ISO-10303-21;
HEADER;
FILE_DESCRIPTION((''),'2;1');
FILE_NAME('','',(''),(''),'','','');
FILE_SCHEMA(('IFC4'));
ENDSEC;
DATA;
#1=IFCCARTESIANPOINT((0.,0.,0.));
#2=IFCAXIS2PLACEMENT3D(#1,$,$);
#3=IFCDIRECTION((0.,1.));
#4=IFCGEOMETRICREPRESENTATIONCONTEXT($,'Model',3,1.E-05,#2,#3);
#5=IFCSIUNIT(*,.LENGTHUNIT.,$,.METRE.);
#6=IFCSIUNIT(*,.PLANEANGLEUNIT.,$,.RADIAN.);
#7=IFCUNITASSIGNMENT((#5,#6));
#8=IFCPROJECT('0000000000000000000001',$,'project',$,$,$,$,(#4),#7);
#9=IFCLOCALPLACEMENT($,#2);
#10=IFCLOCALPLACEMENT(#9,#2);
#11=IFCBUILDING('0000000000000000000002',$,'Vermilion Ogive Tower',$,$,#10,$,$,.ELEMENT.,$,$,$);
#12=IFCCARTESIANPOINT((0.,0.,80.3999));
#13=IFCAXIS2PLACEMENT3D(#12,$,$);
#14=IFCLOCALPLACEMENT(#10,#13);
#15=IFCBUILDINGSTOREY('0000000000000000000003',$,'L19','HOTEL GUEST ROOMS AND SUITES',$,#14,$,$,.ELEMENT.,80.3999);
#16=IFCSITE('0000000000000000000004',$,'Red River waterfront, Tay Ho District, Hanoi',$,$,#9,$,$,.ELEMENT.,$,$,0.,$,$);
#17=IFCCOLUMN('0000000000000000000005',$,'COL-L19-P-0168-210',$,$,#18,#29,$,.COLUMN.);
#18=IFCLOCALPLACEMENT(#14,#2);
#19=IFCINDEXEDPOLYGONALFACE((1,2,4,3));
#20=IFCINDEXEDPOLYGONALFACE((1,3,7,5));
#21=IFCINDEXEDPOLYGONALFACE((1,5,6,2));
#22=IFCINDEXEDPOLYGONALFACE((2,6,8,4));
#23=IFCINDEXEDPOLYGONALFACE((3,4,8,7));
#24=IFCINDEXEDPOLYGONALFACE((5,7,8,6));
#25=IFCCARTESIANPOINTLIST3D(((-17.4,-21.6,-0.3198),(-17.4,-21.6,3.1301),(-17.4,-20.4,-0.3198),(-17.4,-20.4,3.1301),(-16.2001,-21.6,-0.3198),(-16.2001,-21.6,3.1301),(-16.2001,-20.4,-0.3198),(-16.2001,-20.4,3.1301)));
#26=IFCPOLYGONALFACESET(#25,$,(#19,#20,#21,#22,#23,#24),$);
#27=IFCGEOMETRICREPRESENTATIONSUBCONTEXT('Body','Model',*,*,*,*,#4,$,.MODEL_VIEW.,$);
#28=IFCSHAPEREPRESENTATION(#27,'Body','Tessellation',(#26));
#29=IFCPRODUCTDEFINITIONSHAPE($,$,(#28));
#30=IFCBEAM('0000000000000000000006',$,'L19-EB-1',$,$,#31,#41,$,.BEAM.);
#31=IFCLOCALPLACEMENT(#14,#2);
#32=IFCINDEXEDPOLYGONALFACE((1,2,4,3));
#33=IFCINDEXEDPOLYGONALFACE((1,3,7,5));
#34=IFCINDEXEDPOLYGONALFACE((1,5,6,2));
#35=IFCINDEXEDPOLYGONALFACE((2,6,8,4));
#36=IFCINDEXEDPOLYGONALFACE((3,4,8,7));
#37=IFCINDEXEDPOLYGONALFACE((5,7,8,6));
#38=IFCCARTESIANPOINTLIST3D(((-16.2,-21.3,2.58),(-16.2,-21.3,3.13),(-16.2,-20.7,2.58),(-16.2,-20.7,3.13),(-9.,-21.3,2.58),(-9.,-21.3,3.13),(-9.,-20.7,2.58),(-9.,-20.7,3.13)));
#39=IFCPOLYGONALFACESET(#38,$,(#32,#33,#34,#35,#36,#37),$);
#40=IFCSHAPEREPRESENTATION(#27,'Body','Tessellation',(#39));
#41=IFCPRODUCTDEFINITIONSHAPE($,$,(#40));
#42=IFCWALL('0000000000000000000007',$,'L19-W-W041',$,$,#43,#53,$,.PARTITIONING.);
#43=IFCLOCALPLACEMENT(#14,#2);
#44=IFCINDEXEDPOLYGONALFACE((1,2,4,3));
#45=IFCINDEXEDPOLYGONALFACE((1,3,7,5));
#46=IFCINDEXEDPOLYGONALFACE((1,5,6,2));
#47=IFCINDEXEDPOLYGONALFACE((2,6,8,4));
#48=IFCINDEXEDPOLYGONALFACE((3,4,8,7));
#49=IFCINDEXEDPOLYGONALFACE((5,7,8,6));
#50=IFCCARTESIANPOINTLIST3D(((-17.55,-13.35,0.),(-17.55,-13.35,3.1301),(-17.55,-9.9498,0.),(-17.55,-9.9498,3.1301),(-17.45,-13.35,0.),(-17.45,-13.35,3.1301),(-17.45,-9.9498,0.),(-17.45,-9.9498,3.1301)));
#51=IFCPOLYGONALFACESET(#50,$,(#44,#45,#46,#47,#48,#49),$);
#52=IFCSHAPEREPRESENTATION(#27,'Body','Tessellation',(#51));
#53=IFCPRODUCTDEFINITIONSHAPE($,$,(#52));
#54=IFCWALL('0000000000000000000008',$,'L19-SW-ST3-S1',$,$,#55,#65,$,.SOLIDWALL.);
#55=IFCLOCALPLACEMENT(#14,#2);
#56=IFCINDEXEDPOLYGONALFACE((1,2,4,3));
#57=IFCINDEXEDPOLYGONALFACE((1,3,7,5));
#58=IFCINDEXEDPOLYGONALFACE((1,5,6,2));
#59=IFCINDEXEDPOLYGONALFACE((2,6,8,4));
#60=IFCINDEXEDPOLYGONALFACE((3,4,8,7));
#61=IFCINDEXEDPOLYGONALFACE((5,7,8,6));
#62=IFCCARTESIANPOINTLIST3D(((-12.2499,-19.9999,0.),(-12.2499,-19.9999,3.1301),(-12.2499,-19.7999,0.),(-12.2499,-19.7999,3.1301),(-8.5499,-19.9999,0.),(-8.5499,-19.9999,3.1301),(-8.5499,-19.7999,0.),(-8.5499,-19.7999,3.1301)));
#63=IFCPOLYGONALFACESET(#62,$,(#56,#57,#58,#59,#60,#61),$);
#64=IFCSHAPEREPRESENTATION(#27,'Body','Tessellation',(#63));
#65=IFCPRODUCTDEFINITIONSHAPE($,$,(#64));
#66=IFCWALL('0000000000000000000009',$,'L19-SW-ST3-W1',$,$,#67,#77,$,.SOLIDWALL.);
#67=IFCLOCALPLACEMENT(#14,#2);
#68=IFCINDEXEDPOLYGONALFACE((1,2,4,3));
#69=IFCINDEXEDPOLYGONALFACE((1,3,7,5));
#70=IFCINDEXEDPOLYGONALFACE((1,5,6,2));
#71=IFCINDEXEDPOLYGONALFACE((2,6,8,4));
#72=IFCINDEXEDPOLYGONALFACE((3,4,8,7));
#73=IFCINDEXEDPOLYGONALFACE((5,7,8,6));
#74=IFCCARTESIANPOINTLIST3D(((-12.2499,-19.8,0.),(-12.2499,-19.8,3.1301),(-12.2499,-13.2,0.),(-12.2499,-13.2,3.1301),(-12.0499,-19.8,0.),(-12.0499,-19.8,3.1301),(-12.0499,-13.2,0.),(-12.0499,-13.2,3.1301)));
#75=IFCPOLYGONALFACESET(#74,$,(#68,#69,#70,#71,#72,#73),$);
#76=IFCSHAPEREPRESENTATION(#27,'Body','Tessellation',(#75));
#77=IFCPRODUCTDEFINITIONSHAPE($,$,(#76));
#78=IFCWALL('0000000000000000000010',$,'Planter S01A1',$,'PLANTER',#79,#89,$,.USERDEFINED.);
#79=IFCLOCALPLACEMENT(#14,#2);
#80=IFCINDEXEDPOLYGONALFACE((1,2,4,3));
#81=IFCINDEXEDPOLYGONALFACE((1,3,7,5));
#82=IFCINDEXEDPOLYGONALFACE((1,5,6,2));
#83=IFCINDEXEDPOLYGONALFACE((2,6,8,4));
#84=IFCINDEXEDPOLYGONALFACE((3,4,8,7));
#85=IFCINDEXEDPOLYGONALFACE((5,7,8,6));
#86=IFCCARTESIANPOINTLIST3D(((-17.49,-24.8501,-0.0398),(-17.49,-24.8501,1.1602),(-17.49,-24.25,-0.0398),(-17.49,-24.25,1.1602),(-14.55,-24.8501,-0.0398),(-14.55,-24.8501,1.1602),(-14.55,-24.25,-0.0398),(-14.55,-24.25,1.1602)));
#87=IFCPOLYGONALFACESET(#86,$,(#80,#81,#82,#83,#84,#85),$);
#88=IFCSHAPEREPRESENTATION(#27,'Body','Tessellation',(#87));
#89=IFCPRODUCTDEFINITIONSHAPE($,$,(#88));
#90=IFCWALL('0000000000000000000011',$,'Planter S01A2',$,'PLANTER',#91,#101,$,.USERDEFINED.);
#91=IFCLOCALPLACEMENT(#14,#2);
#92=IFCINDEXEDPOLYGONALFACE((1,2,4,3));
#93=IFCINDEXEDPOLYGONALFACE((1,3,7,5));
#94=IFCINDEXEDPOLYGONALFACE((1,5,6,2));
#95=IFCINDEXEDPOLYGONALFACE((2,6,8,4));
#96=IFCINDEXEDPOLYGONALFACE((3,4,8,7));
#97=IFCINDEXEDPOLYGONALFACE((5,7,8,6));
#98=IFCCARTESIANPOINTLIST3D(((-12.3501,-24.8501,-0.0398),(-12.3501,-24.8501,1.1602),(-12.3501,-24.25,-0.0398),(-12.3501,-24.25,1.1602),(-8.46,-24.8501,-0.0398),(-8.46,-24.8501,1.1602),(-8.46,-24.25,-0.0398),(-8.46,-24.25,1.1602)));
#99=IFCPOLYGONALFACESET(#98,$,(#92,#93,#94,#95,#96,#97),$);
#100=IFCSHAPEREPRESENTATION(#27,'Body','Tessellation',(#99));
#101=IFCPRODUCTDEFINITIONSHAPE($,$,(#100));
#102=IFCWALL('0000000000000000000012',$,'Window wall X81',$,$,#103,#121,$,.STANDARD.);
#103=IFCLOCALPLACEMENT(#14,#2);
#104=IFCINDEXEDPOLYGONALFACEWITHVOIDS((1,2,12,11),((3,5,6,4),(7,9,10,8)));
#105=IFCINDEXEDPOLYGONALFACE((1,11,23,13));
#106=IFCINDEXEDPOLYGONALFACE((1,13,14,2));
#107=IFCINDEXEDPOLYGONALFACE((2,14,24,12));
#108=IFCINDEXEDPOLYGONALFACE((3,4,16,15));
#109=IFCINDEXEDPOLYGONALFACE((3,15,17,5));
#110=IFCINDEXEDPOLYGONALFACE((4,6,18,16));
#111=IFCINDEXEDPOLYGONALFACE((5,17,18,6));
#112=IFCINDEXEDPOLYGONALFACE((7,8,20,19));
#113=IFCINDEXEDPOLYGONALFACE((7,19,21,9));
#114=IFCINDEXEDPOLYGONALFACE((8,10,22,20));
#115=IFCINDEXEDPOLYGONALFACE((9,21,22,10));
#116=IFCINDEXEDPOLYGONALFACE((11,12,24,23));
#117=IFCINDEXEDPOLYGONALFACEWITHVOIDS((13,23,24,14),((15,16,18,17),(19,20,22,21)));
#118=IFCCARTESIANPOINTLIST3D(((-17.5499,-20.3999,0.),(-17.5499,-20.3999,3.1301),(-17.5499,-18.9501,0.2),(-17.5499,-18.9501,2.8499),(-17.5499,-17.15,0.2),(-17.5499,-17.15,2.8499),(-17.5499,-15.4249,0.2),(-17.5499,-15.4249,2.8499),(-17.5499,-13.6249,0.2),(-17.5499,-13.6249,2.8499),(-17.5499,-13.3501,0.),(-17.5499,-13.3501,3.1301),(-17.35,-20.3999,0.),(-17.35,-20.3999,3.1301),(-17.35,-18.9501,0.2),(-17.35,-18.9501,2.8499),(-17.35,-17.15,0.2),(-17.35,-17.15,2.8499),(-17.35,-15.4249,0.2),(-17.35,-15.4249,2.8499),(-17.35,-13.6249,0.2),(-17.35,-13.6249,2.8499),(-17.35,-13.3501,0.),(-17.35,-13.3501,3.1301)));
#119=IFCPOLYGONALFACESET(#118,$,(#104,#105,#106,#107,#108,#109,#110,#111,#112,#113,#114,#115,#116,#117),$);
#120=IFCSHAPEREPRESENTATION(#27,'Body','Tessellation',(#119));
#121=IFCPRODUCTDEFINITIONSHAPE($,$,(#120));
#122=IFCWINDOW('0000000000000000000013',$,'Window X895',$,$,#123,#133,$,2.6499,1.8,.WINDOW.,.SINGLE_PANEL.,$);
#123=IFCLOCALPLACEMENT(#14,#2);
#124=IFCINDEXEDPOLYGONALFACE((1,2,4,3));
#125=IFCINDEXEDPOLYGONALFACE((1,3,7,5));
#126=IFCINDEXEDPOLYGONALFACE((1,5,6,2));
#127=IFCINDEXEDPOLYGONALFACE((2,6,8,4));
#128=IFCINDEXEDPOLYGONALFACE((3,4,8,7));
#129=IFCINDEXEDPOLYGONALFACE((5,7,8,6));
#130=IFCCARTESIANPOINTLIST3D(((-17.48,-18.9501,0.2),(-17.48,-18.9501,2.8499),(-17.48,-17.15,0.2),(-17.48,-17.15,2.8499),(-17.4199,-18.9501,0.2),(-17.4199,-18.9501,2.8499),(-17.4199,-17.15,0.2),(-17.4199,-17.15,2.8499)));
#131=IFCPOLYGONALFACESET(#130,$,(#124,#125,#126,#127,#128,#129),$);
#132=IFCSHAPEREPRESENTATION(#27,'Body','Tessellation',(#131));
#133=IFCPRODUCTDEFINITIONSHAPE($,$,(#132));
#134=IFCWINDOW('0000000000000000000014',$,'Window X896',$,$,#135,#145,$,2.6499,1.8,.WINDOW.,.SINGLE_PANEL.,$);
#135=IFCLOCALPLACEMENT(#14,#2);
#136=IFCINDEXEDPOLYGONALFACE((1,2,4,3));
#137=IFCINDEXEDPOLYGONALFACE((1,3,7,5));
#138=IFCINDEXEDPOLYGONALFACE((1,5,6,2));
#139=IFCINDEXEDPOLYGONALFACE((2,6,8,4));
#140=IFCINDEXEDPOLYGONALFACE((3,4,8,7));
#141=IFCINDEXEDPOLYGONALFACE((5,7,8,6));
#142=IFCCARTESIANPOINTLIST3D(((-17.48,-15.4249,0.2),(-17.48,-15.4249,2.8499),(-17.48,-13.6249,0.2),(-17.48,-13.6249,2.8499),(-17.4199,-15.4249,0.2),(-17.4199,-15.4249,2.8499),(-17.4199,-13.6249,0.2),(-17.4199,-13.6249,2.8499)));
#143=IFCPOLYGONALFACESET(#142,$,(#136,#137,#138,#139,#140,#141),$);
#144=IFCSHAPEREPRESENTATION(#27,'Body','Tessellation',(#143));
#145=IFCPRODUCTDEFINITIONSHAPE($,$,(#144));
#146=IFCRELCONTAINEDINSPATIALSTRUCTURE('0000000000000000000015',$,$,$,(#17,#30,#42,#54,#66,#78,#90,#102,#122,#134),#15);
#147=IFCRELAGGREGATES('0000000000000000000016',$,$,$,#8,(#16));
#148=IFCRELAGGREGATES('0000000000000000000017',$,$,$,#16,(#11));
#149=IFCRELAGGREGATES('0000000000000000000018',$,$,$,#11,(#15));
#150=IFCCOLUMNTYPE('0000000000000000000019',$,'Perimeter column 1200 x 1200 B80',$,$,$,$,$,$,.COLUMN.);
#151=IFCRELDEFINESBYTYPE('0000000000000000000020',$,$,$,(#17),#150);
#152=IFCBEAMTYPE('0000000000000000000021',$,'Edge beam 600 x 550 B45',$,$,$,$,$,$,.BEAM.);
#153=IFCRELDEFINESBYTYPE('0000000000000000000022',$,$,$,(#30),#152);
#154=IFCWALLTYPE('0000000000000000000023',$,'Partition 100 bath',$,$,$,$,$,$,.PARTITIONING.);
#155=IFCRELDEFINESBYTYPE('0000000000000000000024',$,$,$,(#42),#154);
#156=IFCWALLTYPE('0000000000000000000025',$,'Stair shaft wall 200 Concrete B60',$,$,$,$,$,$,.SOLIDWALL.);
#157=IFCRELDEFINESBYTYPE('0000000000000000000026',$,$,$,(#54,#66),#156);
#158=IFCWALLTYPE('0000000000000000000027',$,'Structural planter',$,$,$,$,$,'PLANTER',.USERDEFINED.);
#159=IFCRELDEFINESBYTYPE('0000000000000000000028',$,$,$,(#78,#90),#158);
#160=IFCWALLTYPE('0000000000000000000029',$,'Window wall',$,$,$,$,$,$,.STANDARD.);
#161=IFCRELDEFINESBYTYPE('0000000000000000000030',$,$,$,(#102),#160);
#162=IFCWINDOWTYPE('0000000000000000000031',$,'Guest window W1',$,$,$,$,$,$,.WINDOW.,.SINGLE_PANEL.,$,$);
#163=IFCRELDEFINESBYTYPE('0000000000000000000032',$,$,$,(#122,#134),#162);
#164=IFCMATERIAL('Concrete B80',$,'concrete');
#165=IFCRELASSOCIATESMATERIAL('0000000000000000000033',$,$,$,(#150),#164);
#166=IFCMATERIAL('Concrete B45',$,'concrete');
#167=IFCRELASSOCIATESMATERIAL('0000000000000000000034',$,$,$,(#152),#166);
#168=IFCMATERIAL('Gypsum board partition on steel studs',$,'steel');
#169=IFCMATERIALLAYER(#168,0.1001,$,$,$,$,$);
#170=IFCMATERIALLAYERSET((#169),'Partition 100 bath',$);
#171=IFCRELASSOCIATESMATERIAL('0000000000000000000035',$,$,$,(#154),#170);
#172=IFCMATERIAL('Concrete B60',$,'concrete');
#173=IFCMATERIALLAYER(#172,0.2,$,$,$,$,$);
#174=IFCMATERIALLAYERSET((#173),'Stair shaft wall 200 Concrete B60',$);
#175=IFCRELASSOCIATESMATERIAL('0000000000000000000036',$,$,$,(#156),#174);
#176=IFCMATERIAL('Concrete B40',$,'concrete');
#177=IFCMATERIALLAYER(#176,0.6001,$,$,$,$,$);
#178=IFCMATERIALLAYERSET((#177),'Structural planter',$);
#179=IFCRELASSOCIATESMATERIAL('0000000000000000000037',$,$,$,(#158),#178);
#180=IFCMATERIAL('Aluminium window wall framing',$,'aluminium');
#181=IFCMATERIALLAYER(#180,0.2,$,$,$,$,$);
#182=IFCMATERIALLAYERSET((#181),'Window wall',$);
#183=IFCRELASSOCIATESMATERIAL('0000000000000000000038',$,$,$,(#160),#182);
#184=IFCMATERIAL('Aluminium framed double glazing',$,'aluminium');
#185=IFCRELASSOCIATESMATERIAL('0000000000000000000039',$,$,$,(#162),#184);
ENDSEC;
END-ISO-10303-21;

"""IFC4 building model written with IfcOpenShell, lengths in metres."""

from ifc_helpers import new_model, si_unit, direction, frame, frame_2d, origin, origin_2d, place, context, subcontext, project, spatial, rectangle, extrude, material, layer, layer_set, material_profile, profile_set, type_object, element, fill, save


model = new_model("IFC4")

# Units and contexts
model_context = context("Model", 3, precision=1e-05, world=origin(), true_north=direction((0.0, 1.0)))
body_context = subcontext(model_context, "Body", "Model", "MODEL_VIEW")
ifc_project = project(units=[si_unit("LENGTHUNIT", "METRE"), si_unit("PLANEANGLEUNIT", "RADIAN")], contexts=[model_context])

# Site, building, storey
site_placement = place(None, origin())
site = spatial("IfcSite", under=ifc_project, at=site_placement, Name="Red River waterfront, Tay Ho District, Hanoi", CompositionType="ELEMENT", RefElevation=0.0)
building_placement = place(site_placement, origin())
building = spatial("IfcBuilding", under=site, at=building_placement, Name="Vermilion Ogive Tower", CompositionType="ELEMENT")
storey_placement = place(building_placement, frame((0.0, 0.0, 80.3999)))
storey = spatial("IfcBuildingStorey", under=building, at=storey_placement, Name="L19", Description="HOTEL GUEST ROOMS AND SUITES", CompositionType="ELEMENT", Elevation=80.3999)

# Column
ifc_material_1 = material(Name="Concrete B80", Category="concrete")
ifc_material_profile_1 = material_profile(ifc_material_1, rectangle(XDim=1.2, YDim=1.2, at=origin_2d()), Name="1200 x 1200")
ifc_profile_set_1 = profile_set([ifc_material_profile_1], Name="Concrete B80")
column_type = type_object("IfcColumnType", Name="Perimeter column 1200 x 1200 B80", PredefinedType="COLUMN", material=ifc_profile_set_1)
column_placement = place(storey_placement, frame((-16.8, -21.0, -0.3198), z_axis=(0.0, 0.0, 1.0), x_axis=(1.0, 0.0, 0.0)))
element("IfcColumn", 1, at=column_placement, inside=storey, type_object=column_type, Name="COL-L19-P-0168-210", PredefinedType="COLUMN", context=body_context, shape_type="SweptSolid", body=[
    extrude(rectangle(XDim=1.2, YDim=1.2, at=origin_2d()), origin(), (0.0, 0.0, 1.0), 3.45),
])

# Beam
ifc_material_2 = material(Name="Concrete B45", Category="concrete")
ifc_material_profile_2 = material_profile(ifc_material_2, rectangle(XDim=0.6001, YDim=0.55, at=origin_2d()), Name="600 x 550")
ifc_profile_set_2 = profile_set([ifc_material_profile_2], Name="Concrete B45")
beam_type = type_object("IfcBeamType", Name="Edge beam 600 x 550 B45", PredefinedType="BEAM", material=ifc_profile_set_2)
beam_placement = place(storey_placement, frame((-16.2, -21.0, 2.855), z_axis=(1.0, 0.0, 0.0), x_axis=(0.0, 1.0, 0.0)))
element("IfcBeam", 2, at=beam_placement, inside=storey, type_object=beam_type, Name="L19-EB-1", PredefinedType="BEAM", context=body_context, shape_type="SweptSolid", body=[
    extrude(rectangle(XDim=0.6001, YDim=0.55, at=origin_2d()), origin(), (0.0, 0.0, 1.0), 7.2),
])

# Walls
ifc_material_3 = material(Name="Gypsum board partition on steel studs", Category="steel")
ifc_layer_1 = layer(ifc_material_3, 0.1001)
ifc_layer_set_1 = layer_set([ifc_layer_1], Name="Partition 100 bath")
wall_type_1 = type_object("IfcWallType", Name="Partition 100 bath", PredefinedType="PARTITIONING", material=ifc_layer_set_1)
wall_1_placement = place(storey_placement, frame((-17.5, -13.3501, 0.0), z_axis=(0.0, 0.0, 1.0), x_axis=(0.0, 1.0, 0.0)))
element("IfcWall", 3, at=wall_1_placement, inside=storey, type_object=wall_type_1, Name="L19-W-W041", PredefinedType="PARTITIONING", context=body_context, shape_type="SweptSolid", body=[
    extrude(rectangle(XDim=3.4001, YDim=0.1001, at=frame_2d((1.7002, 0.0))), origin(), (0.0, 0.0, 1.0), 3.1301),
])
ifc_material_4 = material(Name="Concrete B60", Category="concrete")
ifc_layer_2 = layer(ifc_material_4, 0.2)
ifc_layer_set_2 = layer_set([ifc_layer_2], Name="Stair shaft wall 200 Concrete B60")
wall_type_2 = type_object("IfcWallType", Name="Stair shaft wall 200 Concrete B60", PredefinedType="SOLIDWALL", material=ifc_layer_set_2)
wall_2_placement = place(storey_placement, frame((-12.25, -19.8999, 0.0), z_axis=(0.0, 0.0, 1.0), x_axis=(1.0, 0.0, 0.0)))
element("IfcWall", 4, at=wall_2_placement, inside=storey, type_object=wall_type_2, Name="L19-SW-ST3-S1", PredefinedType="SOLIDWALL", context=body_context, shape_type="SweptSolid", body=[
    extrude(rectangle(XDim=3.7, YDim=0.2, at=frame_2d((1.8501, 0.0))), origin(), (0.0, 0.0, 1.0), 3.1301),
])
wall_3_placement = place(storey_placement, frame((-12.1499, -19.8, 0.0), z_axis=(0.0, 0.0, 1.0), x_axis=(0.0, 1.0, 0.0)))
element("IfcWall", 5, at=wall_3_placement, inside=storey, type_object=wall_type_2, Name="L19-SW-ST3-W1", PredefinedType="SOLIDWALL", context=body_context, shape_type="SweptSolid", body=[
    extrude(rectangle(XDim=6.6001, YDim=0.2, at=frame_2d((3.3, 0.0))), origin(), (0.0, 0.0, 1.0), 3.1301),
])
ifc_material_5 = material(Name="Concrete B40", Category="concrete")
ifc_layer_3 = layer(ifc_material_5, 0.6001)
ifc_layer_set_3 = layer_set([ifc_layer_3], Name="Structural planter")
wall_type_3 = type_object("IfcWallType", Name="Structural planter", ElementType="PLANTER", PredefinedType="USERDEFINED", material=ifc_layer_set_3)
wall_4_placement = place(storey_placement, frame((-17.49, -24.55, -0.0398), z_axis=(0.0, 0.0, 1.0), x_axis=(1.0, 0.0, 0.0)))
element("IfcWall", 6, at=wall_4_placement, inside=storey, type_object=wall_type_3, Name="Planter S01A1", ObjectType="PLANTER", PredefinedType="USERDEFINED", context=body_context, shape_type="SweptSolid", body=[
    extrude(rectangle(XDim=2.9399, YDim=0.6001, at=frame_2d((1.47, 0.0))), origin(), (0.0, 0.0, 1.0), 1.2),
])
wall_5_placement = place(storey_placement, frame((-12.3501, -24.55, -0.0398), z_axis=(0.0, 0.0, 1.0), x_axis=(1.0, 0.0, 0.0)))
element("IfcWall", 7, at=wall_5_placement, inside=storey, type_object=wall_type_3, Name="Planter S01A2", ObjectType="PLANTER", PredefinedType="USERDEFINED", context=body_context, shape_type="SweptSolid", body=[
    extrude(rectangle(XDim=3.8901, YDim=0.6001, at=frame_2d((1.9451, 0.0))), origin(), (0.0, 0.0, 1.0), 1.2),
])

# Shared definitions
ifc_material_6 = material(Name="Aluminium window wall framing", Category="aluminium")
ifc_layer_4 = layer(ifc_material_6, 0.2)
ifc_layer_set_4 = layer_set([ifc_layer_4], Name="Window wall")
wall_type_4 = type_object("IfcWallType", Name="Window wall", PredefinedType="STANDARD", material=ifc_layer_set_4)
ifc_material_7 = material(Name="Aluminium framed double glazing", Category="aluminium")
window_type = type_object("IfcWindowType", Name="Guest window W1", PartitioningType="SINGLE_PANEL", PredefinedType="WINDOW", material=ifc_material_7)

# Wall, openings, windows
wall_6_placement = place(storey_placement, frame((-17.45, -13.3501, 0.0), z_axis=(0.0, 0.0, 1.0), x_axis=(0.0, -1.0, 0.0)))
wall_6 = element("IfcWall", 8, at=wall_6_placement, inside=storey, type_object=wall_type_4, Name="Window wall X81", PredefinedType="STANDARD", context=body_context, shape_type="SweptSolid", body=[
    extrude(rectangle(XDim=7.0498, YDim=0.2, at=frame_2d((3.5249, 0.0))), origin(), (0.0, 0.0, 1.0), 3.1301),
])
opening_1_placement = place(wall_6_placement, frame((3.8, 0.0, 0.2)))
opening_1 = element("IfcOpeningElement", 9, at=opening_1_placement, cuts=wall_6, PredefinedType="OPENING", context=body_context, shape_type="SweptSolid", body=[
    extrude(rectangle(XDim=1.8, YDim=2.6499, at=frame_2d((0.8999, 1.325))), frame((0.0, 0.1099, 0.0), z_axis=(0.0, -1.0, 0.0), x_axis=(1.0, 0.0, 0.0)), (0.0, 0.0, 1.0), 0.22),
])
opening_2_placement = place(wall_6_placement, frame((0.2749, 0.0, 0.2)))
opening_2 = element("IfcOpeningElement", 10, at=opening_2_placement, cuts=wall_6, PredefinedType="OPENING", context=body_context, shape_type="SweptSolid", body=[
    extrude(rectangle(XDim=1.8, YDim=2.6499, at=frame_2d((0.8999, 1.325))), frame((0.0, 0.1099, 0.0), z_axis=(0.0, -1.0, 0.0), x_axis=(1.0, 0.0, 0.0)), (0.0, 0.0, 1.0), 0.22),
])
window_1_placement = place(opening_1_placement, origin())
window_1 = element("IfcWindow", 11, at=window_1_placement, inside=storey, type_object=window_type, Name="Window X895", OverallHeight=2.6499, OverallWidth=1.8, PartitioningType="SINGLE_PANEL", PredefinedType="WINDOW", context=body_context, shape_type="SweptSolid", body=[
    extrude(rectangle(XDim=1.8, YDim=2.6499, at=frame_2d((0.8999, 1.325))), frame((0.0, 0.03, 0.0), z_axis=(0.0, -1.0, 0.0), x_axis=(1.0, 0.0, 0.0)), (0.0, 0.0, 1.0), 0.0601),
])
fill(opening_1, window_1)
window_2_placement = place(opening_2_placement, origin())
window_2 = element("IfcWindow", 12, at=window_2_placement, inside=storey, type_object=window_type, Name="Window X896", OverallHeight=2.6499, OverallWidth=1.8, PartitioningType="SINGLE_PANEL", PredefinedType="WINDOW", context=body_context, shape_type="SweptSolid", body=[
    extrude(rectangle(XDim=1.8, YDim=2.6499, at=frame_2d((0.8999, 1.325))), frame((0.0, 0.03, 0.0), z_axis=(0.0, -1.0, 0.0), x_axis=(1.0, 0.0, 0.0)), (0.0, 0.0, 1.0), 0.0601),
])
fill(opening_2, window_2)

save(model, "model.ifc")
